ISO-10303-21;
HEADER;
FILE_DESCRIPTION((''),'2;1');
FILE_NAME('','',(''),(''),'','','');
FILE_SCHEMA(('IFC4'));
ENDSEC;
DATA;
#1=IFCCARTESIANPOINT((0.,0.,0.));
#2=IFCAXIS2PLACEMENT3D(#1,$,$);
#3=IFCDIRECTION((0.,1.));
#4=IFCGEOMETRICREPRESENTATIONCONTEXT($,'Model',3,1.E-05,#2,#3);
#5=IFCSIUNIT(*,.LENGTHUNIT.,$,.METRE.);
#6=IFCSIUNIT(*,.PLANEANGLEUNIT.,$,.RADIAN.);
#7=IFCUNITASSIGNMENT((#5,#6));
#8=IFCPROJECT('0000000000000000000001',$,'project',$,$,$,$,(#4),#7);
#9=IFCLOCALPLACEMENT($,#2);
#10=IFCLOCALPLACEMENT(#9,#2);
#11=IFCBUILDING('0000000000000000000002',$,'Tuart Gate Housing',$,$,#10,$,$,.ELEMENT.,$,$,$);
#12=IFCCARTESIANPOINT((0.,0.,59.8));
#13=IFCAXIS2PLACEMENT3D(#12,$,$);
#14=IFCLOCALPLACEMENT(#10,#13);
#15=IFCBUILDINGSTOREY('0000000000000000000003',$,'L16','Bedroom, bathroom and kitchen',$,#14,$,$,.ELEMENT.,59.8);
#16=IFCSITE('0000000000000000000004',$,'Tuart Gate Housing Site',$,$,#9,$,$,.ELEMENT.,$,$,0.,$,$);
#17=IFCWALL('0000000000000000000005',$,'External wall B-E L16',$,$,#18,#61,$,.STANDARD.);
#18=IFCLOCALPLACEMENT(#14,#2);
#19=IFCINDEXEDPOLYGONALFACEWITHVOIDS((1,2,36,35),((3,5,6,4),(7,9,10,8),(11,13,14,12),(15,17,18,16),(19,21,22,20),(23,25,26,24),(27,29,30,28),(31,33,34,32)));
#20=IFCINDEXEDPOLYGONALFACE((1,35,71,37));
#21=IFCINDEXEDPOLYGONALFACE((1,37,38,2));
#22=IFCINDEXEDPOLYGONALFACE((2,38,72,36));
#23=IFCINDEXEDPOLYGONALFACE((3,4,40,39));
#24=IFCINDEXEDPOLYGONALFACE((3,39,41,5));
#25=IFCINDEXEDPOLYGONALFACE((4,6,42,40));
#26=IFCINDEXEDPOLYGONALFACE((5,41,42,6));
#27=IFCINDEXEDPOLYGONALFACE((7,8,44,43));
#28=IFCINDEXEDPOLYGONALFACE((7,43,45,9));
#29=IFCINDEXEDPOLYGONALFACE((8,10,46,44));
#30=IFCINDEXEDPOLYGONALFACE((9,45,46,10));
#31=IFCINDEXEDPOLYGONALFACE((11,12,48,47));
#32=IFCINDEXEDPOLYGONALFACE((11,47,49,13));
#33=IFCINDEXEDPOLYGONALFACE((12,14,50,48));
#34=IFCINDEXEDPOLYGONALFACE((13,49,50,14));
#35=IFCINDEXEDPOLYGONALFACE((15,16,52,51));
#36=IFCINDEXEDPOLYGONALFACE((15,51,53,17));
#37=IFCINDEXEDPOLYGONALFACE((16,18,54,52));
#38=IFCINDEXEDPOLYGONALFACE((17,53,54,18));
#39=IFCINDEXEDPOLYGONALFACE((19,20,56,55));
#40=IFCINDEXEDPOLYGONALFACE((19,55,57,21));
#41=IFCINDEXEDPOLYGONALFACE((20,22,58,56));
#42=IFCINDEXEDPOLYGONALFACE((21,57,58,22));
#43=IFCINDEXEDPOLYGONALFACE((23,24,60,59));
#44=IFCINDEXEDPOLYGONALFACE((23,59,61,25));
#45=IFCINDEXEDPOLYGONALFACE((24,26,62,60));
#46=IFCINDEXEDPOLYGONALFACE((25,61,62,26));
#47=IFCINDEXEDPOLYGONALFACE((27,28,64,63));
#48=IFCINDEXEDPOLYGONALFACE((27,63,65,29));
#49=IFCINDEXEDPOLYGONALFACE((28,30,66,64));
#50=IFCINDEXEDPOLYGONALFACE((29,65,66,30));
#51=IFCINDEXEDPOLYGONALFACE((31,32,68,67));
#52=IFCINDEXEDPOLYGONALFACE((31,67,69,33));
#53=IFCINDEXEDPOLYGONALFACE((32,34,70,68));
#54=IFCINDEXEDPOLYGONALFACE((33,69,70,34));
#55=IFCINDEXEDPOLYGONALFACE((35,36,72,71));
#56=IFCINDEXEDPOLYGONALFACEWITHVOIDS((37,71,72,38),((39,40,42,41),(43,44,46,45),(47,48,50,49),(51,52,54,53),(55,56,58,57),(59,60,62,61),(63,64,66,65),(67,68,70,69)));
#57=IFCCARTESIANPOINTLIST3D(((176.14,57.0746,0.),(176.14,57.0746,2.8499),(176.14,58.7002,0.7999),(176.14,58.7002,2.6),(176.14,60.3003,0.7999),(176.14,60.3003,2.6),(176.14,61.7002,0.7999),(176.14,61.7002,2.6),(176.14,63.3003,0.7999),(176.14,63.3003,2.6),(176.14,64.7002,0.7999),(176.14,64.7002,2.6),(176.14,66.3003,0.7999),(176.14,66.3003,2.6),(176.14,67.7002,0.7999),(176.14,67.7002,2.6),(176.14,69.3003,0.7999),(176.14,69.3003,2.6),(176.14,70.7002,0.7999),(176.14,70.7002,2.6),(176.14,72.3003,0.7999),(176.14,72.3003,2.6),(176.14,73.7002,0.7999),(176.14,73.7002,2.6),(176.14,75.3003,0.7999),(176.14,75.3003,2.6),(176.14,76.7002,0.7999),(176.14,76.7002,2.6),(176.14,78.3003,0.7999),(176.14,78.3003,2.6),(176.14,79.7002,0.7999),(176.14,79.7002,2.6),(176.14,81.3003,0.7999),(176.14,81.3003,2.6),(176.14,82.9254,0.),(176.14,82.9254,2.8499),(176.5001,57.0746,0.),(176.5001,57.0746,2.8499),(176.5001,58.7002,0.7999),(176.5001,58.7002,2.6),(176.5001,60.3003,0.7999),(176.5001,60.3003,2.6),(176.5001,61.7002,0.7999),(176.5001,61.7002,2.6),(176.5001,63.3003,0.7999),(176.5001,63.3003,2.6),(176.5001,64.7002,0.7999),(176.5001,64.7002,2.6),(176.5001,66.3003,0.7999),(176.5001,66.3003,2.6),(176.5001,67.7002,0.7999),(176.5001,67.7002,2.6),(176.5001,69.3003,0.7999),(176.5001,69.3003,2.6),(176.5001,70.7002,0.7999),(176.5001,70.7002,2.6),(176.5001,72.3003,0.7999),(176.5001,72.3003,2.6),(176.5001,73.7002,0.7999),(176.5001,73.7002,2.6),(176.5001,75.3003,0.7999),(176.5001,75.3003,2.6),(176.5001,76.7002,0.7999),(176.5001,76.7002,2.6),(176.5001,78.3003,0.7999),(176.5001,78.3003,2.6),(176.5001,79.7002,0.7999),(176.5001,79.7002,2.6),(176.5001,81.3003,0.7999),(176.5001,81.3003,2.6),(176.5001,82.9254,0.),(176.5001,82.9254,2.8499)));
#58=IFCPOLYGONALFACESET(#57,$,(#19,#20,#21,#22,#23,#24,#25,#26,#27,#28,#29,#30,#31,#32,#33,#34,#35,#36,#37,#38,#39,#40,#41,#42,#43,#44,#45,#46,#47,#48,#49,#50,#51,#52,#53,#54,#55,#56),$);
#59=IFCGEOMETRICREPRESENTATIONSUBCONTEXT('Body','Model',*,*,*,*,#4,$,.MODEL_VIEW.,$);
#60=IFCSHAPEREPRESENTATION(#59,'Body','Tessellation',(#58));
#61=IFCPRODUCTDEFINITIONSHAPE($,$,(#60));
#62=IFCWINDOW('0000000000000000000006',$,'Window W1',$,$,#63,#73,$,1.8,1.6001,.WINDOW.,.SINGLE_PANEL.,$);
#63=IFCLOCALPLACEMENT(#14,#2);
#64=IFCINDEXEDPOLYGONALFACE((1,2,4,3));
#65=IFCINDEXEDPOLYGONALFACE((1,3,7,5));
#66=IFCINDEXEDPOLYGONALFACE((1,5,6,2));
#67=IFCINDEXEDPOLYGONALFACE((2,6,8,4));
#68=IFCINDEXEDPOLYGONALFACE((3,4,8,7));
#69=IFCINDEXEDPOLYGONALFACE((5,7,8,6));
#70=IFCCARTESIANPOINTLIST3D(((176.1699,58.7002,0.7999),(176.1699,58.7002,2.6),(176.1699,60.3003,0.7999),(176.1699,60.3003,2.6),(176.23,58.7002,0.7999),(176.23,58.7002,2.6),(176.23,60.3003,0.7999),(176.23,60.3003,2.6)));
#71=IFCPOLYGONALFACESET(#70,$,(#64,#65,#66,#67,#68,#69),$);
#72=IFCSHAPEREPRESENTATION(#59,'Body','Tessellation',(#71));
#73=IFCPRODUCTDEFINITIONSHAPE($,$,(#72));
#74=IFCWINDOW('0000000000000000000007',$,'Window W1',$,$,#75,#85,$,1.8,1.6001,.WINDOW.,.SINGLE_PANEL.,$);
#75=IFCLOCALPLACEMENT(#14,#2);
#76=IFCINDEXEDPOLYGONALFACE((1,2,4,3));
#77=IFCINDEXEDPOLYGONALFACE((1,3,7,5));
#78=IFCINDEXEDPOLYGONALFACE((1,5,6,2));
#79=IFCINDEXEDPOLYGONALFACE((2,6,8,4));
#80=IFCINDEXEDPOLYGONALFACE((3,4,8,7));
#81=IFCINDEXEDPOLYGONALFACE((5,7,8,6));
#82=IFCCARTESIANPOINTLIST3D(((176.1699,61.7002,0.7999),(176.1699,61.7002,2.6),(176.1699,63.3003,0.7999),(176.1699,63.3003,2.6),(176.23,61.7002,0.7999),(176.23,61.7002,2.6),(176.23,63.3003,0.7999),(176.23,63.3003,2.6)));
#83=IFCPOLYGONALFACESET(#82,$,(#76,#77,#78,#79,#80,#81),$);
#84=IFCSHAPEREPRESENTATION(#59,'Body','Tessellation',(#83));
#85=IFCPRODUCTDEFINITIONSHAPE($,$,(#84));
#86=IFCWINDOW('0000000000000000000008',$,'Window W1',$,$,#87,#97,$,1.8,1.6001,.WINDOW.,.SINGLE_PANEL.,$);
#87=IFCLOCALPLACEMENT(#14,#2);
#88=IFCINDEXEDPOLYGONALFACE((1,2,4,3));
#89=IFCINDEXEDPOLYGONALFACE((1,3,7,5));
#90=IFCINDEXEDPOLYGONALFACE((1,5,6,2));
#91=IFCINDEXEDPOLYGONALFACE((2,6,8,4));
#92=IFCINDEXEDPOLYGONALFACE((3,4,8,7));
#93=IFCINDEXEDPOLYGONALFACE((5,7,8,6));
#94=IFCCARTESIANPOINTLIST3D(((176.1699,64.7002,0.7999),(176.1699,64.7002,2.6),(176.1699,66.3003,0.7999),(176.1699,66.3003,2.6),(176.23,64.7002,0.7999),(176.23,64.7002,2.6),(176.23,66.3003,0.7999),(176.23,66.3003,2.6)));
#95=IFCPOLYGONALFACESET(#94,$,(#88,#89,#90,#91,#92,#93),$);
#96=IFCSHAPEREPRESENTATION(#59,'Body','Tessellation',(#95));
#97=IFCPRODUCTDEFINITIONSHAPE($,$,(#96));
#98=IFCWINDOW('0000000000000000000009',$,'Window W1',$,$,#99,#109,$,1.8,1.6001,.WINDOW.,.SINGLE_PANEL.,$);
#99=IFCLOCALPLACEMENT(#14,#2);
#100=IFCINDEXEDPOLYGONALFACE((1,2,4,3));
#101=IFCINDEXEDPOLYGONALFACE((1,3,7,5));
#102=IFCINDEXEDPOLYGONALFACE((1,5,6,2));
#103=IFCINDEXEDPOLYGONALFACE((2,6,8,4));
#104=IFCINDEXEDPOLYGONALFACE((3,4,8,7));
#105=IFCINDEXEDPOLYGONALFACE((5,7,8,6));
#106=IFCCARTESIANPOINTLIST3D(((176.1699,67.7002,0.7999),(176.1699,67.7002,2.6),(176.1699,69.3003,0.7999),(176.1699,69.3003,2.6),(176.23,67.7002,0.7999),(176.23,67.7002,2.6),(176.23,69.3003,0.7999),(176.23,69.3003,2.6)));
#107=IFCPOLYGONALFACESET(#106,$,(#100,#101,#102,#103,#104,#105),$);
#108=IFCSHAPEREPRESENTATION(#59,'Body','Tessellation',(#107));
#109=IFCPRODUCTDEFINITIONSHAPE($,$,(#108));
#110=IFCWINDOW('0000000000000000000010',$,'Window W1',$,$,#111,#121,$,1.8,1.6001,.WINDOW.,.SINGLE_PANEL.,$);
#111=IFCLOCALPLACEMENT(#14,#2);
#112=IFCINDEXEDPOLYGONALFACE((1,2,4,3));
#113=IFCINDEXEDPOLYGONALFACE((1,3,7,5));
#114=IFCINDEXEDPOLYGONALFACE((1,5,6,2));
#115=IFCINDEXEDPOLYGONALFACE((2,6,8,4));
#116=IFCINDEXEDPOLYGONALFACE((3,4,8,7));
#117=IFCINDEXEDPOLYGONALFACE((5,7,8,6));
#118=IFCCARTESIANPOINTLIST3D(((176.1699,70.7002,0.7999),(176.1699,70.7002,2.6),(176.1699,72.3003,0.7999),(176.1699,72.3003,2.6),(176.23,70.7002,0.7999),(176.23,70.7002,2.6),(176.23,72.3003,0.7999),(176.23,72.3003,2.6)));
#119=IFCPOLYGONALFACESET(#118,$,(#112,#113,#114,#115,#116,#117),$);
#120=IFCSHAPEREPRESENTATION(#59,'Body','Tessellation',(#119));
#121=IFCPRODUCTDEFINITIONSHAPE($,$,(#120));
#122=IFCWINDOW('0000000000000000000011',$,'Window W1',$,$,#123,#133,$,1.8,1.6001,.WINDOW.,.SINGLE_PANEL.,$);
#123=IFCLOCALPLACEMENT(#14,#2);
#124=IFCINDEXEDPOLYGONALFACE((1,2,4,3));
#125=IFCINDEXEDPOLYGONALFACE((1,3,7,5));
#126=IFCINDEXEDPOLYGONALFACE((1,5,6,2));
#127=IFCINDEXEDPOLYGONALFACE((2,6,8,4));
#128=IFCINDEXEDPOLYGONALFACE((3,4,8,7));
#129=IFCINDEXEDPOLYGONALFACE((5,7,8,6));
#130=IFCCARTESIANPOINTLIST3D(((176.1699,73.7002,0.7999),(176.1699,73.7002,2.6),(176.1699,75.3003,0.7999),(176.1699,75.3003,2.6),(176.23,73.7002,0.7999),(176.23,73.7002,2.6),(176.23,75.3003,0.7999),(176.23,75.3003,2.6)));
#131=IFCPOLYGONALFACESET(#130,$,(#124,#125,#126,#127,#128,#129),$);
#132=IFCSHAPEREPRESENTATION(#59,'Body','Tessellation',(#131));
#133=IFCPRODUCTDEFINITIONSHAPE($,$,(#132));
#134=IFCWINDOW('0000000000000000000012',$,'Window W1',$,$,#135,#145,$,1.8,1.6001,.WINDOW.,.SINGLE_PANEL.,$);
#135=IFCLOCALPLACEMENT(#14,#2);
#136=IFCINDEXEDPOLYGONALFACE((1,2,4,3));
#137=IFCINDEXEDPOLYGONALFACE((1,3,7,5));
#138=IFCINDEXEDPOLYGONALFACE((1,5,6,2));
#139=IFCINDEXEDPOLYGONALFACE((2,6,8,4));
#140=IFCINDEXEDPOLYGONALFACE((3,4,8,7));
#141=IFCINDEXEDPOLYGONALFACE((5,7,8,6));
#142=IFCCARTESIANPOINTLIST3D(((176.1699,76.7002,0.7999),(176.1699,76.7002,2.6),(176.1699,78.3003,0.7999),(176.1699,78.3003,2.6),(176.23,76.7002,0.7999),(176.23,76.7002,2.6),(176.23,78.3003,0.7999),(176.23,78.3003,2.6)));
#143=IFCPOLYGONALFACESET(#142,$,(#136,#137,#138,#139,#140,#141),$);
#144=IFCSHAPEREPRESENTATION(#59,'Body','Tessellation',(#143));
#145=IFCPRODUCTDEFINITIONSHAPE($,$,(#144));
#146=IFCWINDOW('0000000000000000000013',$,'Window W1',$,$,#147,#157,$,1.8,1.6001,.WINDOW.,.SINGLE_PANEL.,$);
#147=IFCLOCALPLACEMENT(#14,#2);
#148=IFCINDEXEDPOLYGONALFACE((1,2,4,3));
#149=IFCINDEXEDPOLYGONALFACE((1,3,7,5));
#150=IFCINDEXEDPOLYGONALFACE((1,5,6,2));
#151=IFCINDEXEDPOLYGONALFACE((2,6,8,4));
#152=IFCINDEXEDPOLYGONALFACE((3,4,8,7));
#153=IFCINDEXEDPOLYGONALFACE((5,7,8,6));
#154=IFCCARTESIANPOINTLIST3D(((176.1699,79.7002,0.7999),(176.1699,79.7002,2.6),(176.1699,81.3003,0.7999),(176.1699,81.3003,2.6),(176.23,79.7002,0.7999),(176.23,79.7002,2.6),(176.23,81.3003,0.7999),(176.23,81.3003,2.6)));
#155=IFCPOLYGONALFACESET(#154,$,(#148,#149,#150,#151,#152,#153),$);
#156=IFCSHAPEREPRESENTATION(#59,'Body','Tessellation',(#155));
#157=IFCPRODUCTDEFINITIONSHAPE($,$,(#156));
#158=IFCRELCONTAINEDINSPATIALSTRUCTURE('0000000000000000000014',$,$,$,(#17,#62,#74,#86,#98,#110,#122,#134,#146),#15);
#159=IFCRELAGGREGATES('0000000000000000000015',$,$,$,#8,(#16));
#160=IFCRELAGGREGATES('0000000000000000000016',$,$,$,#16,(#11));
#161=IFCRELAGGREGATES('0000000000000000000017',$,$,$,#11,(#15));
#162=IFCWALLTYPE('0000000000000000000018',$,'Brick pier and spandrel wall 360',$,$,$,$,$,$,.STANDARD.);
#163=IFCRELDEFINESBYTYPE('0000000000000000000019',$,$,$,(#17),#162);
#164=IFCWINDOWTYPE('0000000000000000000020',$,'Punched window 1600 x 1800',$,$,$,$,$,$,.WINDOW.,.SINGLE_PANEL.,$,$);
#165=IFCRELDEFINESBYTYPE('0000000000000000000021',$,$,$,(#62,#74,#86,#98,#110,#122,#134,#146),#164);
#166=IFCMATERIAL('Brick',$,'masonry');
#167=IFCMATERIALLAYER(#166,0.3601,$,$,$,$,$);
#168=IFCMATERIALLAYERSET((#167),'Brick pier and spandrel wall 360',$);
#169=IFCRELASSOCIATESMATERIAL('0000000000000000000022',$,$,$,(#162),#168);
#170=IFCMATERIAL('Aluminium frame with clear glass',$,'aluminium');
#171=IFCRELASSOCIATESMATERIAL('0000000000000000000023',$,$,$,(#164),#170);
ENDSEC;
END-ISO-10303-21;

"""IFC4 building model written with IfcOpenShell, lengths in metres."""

from ifc_helpers import new_model, si_unit, direction, frame, frame_2d, origin, place, context, subcontext, project, spatial, rectangle, extrude, material, layer, layer_set, type_object, element, fill, save


model = new_model("IFC4")

# Units and contexts
model_context = context("Model", 3, precision=1e-05, world=origin(), true_north=direction((0.0, 1.0)))
body_context = subcontext(model_context, "Body", "Model", "MODEL_VIEW")
ifc_project = project(units=[si_unit("LENGTHUNIT", "METRE"), si_unit("PLANEANGLEUNIT", "RADIAN")], contexts=[model_context])

# Site, building, storey
site_placement = place(None, origin())
site = spatial("IfcSite", under=ifc_project, at=site_placement, Name="Tuart Gate Housing Site", CompositionType="ELEMENT", RefElevation=0.0)
building_placement = place(site_placement, origin())
building = spatial("IfcBuilding", under=site, at=building_placement, Name="Tuart Gate Housing", CompositionType="ELEMENT")
storey_placement = place(building_placement, frame((0.0, 0.0, 59.8)))
storey = spatial("IfcBuildingStorey", under=building, at=storey_placement, Name="L16", Description="Bedroom, bathroom and kitchen", CompositionType="ELEMENT", Elevation=59.8)

# Shared definitions
ifc_material_1 = material(Name="Brick", Category="masonry")
ifc_layer_1 = layer(ifc_material_1, 0.3601)
ifc_layer_set_1 = layer_set([ifc_layer_1], Name="Brick pier and spandrel wall 360")
wall_type_1 = type_object("IfcWallType", Name="Brick pier and spandrel wall 360", PredefinedType="STANDARD", material=ifc_layer_set_1)
ifc_material_2 = material(Name="Aluminium frame with clear glass", Category="aluminium")
window_type = type_object("IfcWindowType", Name="Punched window 1600 x 1800", PartitioningType="SINGLE_PANEL", PredefinedType="WINDOW", material=ifc_material_2)

# Wall, openings, windows
wall_1_placement = place(storey_placement, frame((176.3201, 57.0747, 0.0), z_axis=(0.0, 0.0, 1.0), x_axis=(0.0, 1.0, 0.0)))
wall_1 = element("IfcWall", 1, at=wall_1_placement, inside=storey, type_object=wall_type_1, Name="External wall B-E L16", PredefinedType="STANDARD", context=body_context, shape_type="SweptSolid", body=[
    extrude(rectangle(XDim=25.8508, YDim=0.3601, at=frame_2d((12.9253, 0.0))), origin(), (0.0, 0.0, 1.0), 2.8499),
])
opening_1_placement = place(wall_1_placement, frame((1.6255, 0.0, 0.8)))
opening_1 = element("IfcOpeningElement", 2, at=opening_1_placement, cuts=wall_1, PredefinedType="OPENING", context=body_context, shape_type="SweptSolid", body=[
    extrude(rectangle(XDim=1.6001, YDim=1.8, at=frame_2d((0.8, 0.8999))), frame((0.0, 0.1899, 0.0), z_axis=(0.0, -1.0, 0.0), x_axis=(1.0, 0.0, 0.0)), (0.0, 0.0, 1.0), 0.3801),
])
opening_2_placement = place(wall_1_placement, frame((4.6255, 0.0, 0.8)))
opening_2 = element("IfcOpeningElement", 3, at=opening_2_placement, cuts=wall_1, PredefinedType="OPENING", context=body_context, shape_type="SweptSolid", body=[
    extrude(rectangle(XDim=1.6001, YDim=1.8, at=frame_2d((0.8, 0.8999))), frame((0.0, 0.1899, 0.0), z_axis=(0.0, -1.0, 0.0), x_axis=(1.0, 0.0, 0.0)), (0.0, 0.0, 1.0), 0.3801),
])
opening_3_placement = place(wall_1_placement, frame((7.6255, 0.0, 0.8)))
opening_3 = element("IfcOpeningElement", 4, at=opening_3_placement, cuts=wall_1, PredefinedType="OPENING", context=body_context, shape_type="SweptSolid", body=[
    extrude(rectangle(XDim=1.6001, YDim=1.8, at=frame_2d((0.8, 0.8999))), frame((0.0, 0.1899, 0.0), z_axis=(0.0, -1.0, 0.0), x_axis=(1.0, 0.0, 0.0)), (0.0, 0.0, 1.0), 0.3801),
])
opening_4_placement = place(wall_1_placement, frame((10.6255, 0.0, 0.8)))
opening_4 = element("IfcOpeningElement", 5, at=opening_4_placement, cuts=wall_1, PredefinedType="OPENING", context=body_context, shape_type="SweptSolid", body=[
    extrude(rectangle(XDim=1.6001, YDim=1.8, at=frame_2d((0.8, 0.8999))), frame((0.0, 0.1899, 0.0), z_axis=(0.0, -1.0, 0.0), x_axis=(1.0, 0.0, 0.0)), (0.0, 0.0, 1.0), 0.3801),
])
opening_5_placement = place(wall_1_placement, frame((13.6255, 0.0, 0.8)))
opening_5 = element("IfcOpeningElement", 6, at=opening_5_placement, cuts=wall_1, PredefinedType="OPENING", context=body_context, shape_type="SweptSolid", body=[
    extrude(rectangle(XDim=1.6001, YDim=1.8, at=frame_2d((0.8, 0.8999))), frame((0.0, 0.1899, 0.0), z_axis=(0.0, -1.0, 0.0), x_axis=(1.0, 0.0, 0.0)), (0.0, 0.0, 1.0), 0.3801),
])
opening_6_placement = place(wall_1_placement, frame((16.6255, 0.0, 0.8)))
opening_6 = element("IfcOpeningElement", 7, at=opening_6_placement, cuts=wall_1, PredefinedType="OPENING", context=body_context, shape_type="SweptSolid", body=[
    extrude(rectangle(XDim=1.6001, YDim=1.8, at=frame_2d((0.8, 0.8999))), frame((0.0, 0.1899, 0.0), z_axis=(0.0, -1.0, 0.0), x_axis=(1.0, 0.0, 0.0)), (0.0, 0.0, 1.0), 0.3801),
])
opening_7_placement = place(wall_1_placement, frame((19.6255, 0.0, 0.8)))
opening_7 = element("IfcOpeningElement", 8, at=opening_7_placement, cuts=wall_1, PredefinedType="OPENING", context=body_context, shape_type="SweptSolid", body=[
    extrude(rectangle(XDim=1.6001, YDim=1.8, at=frame_2d((0.8, 0.8999))), frame((0.0, 0.1899, 0.0), z_axis=(0.0, -1.0, 0.0), x_axis=(1.0, 0.0, 0.0)), (0.0, 0.0, 1.0), 0.3801),
])
opening_8_placement = place(wall_1_placement, frame((22.6255, 0.0, 0.8)))
opening_8 = element("IfcOpeningElement", 9, at=opening_8_placement, cuts=wall_1, PredefinedType="OPENING", context=body_context, shape_type="SweptSolid", body=[
    extrude(rectangle(XDim=1.6001, YDim=1.8, at=frame_2d((0.8, 0.8999))), frame((0.0, 0.1899, 0.0), z_axis=(0.0, -1.0, 0.0), x_axis=(1.0, 0.0, 0.0)), (0.0, 0.0, 1.0), 0.3801),
])
window_1_placement = place(opening_1_placement, origin())
window_1 = element("IfcWindow", 10, at=window_1_placement, inside=storey, type_object=window_type, Name="Window W1", OverallHeight=1.8, OverallWidth=1.6001, PartitioningType="SINGLE_PANEL", PredefinedType="WINDOW", context=body_context, shape_type="SweptSolid", body=[
    extrude(rectangle(XDim=1.6001, YDim=1.8, at=frame_2d((0.8, 0.8999))), frame((0.0, 0.1501, 0.0), z_axis=(0.0, -1.0, 0.0), x_axis=(1.0, 0.0, 0.0)), (0.0, 0.0, 1.0), 0.0601),
])
fill(opening_1, window_1)
window_2_placement = place(opening_2_placement, origin())
window_2 = element("IfcWindow", 11, at=window_2_placement, inside=storey, type_object=window_type, Name="Window W1", OverallHeight=1.8, OverallWidth=1.6001, PartitioningType="SINGLE_PANEL", PredefinedType="WINDOW", context=body_context, shape_type="SweptSolid", body=[
    extrude(rectangle(XDim=1.6001, YDim=1.8, at=frame_2d((0.8, 0.8999))), frame((0.0, 0.1501, 0.0), z_axis=(0.0, -1.0, 0.0), x_axis=(1.0, 0.0, 0.0)), (0.0, 0.0, 1.0), 0.0601),
])
fill(opening_2, window_2)
window_3_placement = place(opening_3_placement, origin())
window_3 = element("IfcWindow", 12, at=window_3_placement, inside=storey, type_object=window_type, Name="Window W1", OverallHeight=1.8, OverallWidth=1.6001, PartitioningType="SINGLE_PANEL", PredefinedType="WINDOW", context=body_context, shape_type="SweptSolid", body=[
    extrude(rectangle(XDim=1.6001, YDim=1.8, at=frame_2d((0.8, 0.8999))), frame((0.0, 0.1501, 0.0), z_axis=(0.0, -1.0, 0.0), x_axis=(1.0, 0.0, 0.0)), (0.0, 0.0, 1.0), 0.0601),
])
fill(opening_3, window_3)
window_4_placement = place(opening_4_placement, origin())
window_4 = element("IfcWindow", 13, at=window_4_placement, inside=storey, type_object=window_type, Name="Window W1", OverallHeight=1.8, OverallWidth=1.6001, PartitioningType="SINGLE_PANEL", PredefinedType="WINDOW", context=body_context, shape_type="SweptSolid", body=[
    extrude(rectangle(XDim=1.6001, YDim=1.8, at=frame_2d((0.8, 0.8999))), frame((0.0, 0.1501, 0.0), z_axis=(0.0, -1.0, 0.0), x_axis=(1.0, 0.0, 0.0)), (0.0, 0.0, 1.0), 0.0601),
])
fill(opening_4, window_4)
window_5_placement = place(opening_5_placement, origin())
window_5 = element("IfcWindow", 14, at=window_5_placement, inside=storey, type_object=window_type, Name="Window W1", OverallHeight=1.8, OverallWidth=1.6001, PartitioningType="SINGLE_PANEL", PredefinedType="WINDOW", context=body_context, shape_type="SweptSolid", body=[
    extrude(rectangle(XDim=1.6001, YDim=1.8, at=frame_2d((0.8, 0.8999))), frame((0.0, 0.1501, 0.0), z_axis=(0.0, -1.0, 0.0), x_axis=(1.0, 0.0, 0.0)), (0.0, 0.0, 1.0), 0.0601),
])
fill(opening_5, window_5)
window_6_placement = place(opening_6_placement, origin())
window_6 = element("IfcWindow", 15, at=window_6_placement, inside=storey, type_object=window_type, Name="Window W1", OverallHeight=1.8, OverallWidth=1.6001, PartitioningType="SINGLE_PANEL", PredefinedType="WINDOW", context=body_context, shape_type="SweptSolid", body=[
    extrude(rectangle(XDim=1.6001, YDim=1.8, at=frame_2d((0.8, 0.8999))), frame((0.0, 0.1501, 0.0), z_axis=(0.0, -1.0, 0.0), x_axis=(1.0, 0.0, 0.0)), (0.0, 0.0, 1.0), 0.0601),
])
fill(opening_6, window_6)
window_7_placement = place(opening_7_placement, origin())
window_7 = element("IfcWindow", 16, at=window_7_placement, inside=storey, type_object=window_type, Name="Window W1", OverallHeight=1.8, OverallWidth=1.6001, PartitioningType="SINGLE_PANEL", PredefinedType="WINDOW", context=body_context, shape_type="SweptSolid", body=[
    extrude(rectangle(XDim=1.6001, YDim=1.8, at=frame_2d((0.8, 0.8999))), frame((0.0, 0.1501, 0.0), z_axis=(0.0, -1.0, 0.0), x_axis=(1.0, 0.0, 0.0)), (0.0, 0.0, 1.0), 0.0601),
])
fill(opening_7, window_7)
window_8_placement = place(opening_8_placement, origin())
window_8 = element("IfcWindow", 17, at=window_8_placement, inside=storey, type_object=window_type, Name="Window W1", OverallHeight=1.8, OverallWidth=1.6001, PartitioningType="SINGLE_PANEL", PredefinedType="WINDOW", context=body_context, shape_type="SweptSolid", body=[
    extrude(rectangle(XDim=1.6001, YDim=1.8, at=frame_2d((0.8, 0.8999))), frame((0.0, 0.1501, 0.0), z_axis=(0.0, -1.0, 0.0), x_axis=(1.0, 0.0, 0.0)), (0.0, 0.0, 1.0), 0.0601),
])
fill(opening_8, window_8)

save(model, "model.ifc")
